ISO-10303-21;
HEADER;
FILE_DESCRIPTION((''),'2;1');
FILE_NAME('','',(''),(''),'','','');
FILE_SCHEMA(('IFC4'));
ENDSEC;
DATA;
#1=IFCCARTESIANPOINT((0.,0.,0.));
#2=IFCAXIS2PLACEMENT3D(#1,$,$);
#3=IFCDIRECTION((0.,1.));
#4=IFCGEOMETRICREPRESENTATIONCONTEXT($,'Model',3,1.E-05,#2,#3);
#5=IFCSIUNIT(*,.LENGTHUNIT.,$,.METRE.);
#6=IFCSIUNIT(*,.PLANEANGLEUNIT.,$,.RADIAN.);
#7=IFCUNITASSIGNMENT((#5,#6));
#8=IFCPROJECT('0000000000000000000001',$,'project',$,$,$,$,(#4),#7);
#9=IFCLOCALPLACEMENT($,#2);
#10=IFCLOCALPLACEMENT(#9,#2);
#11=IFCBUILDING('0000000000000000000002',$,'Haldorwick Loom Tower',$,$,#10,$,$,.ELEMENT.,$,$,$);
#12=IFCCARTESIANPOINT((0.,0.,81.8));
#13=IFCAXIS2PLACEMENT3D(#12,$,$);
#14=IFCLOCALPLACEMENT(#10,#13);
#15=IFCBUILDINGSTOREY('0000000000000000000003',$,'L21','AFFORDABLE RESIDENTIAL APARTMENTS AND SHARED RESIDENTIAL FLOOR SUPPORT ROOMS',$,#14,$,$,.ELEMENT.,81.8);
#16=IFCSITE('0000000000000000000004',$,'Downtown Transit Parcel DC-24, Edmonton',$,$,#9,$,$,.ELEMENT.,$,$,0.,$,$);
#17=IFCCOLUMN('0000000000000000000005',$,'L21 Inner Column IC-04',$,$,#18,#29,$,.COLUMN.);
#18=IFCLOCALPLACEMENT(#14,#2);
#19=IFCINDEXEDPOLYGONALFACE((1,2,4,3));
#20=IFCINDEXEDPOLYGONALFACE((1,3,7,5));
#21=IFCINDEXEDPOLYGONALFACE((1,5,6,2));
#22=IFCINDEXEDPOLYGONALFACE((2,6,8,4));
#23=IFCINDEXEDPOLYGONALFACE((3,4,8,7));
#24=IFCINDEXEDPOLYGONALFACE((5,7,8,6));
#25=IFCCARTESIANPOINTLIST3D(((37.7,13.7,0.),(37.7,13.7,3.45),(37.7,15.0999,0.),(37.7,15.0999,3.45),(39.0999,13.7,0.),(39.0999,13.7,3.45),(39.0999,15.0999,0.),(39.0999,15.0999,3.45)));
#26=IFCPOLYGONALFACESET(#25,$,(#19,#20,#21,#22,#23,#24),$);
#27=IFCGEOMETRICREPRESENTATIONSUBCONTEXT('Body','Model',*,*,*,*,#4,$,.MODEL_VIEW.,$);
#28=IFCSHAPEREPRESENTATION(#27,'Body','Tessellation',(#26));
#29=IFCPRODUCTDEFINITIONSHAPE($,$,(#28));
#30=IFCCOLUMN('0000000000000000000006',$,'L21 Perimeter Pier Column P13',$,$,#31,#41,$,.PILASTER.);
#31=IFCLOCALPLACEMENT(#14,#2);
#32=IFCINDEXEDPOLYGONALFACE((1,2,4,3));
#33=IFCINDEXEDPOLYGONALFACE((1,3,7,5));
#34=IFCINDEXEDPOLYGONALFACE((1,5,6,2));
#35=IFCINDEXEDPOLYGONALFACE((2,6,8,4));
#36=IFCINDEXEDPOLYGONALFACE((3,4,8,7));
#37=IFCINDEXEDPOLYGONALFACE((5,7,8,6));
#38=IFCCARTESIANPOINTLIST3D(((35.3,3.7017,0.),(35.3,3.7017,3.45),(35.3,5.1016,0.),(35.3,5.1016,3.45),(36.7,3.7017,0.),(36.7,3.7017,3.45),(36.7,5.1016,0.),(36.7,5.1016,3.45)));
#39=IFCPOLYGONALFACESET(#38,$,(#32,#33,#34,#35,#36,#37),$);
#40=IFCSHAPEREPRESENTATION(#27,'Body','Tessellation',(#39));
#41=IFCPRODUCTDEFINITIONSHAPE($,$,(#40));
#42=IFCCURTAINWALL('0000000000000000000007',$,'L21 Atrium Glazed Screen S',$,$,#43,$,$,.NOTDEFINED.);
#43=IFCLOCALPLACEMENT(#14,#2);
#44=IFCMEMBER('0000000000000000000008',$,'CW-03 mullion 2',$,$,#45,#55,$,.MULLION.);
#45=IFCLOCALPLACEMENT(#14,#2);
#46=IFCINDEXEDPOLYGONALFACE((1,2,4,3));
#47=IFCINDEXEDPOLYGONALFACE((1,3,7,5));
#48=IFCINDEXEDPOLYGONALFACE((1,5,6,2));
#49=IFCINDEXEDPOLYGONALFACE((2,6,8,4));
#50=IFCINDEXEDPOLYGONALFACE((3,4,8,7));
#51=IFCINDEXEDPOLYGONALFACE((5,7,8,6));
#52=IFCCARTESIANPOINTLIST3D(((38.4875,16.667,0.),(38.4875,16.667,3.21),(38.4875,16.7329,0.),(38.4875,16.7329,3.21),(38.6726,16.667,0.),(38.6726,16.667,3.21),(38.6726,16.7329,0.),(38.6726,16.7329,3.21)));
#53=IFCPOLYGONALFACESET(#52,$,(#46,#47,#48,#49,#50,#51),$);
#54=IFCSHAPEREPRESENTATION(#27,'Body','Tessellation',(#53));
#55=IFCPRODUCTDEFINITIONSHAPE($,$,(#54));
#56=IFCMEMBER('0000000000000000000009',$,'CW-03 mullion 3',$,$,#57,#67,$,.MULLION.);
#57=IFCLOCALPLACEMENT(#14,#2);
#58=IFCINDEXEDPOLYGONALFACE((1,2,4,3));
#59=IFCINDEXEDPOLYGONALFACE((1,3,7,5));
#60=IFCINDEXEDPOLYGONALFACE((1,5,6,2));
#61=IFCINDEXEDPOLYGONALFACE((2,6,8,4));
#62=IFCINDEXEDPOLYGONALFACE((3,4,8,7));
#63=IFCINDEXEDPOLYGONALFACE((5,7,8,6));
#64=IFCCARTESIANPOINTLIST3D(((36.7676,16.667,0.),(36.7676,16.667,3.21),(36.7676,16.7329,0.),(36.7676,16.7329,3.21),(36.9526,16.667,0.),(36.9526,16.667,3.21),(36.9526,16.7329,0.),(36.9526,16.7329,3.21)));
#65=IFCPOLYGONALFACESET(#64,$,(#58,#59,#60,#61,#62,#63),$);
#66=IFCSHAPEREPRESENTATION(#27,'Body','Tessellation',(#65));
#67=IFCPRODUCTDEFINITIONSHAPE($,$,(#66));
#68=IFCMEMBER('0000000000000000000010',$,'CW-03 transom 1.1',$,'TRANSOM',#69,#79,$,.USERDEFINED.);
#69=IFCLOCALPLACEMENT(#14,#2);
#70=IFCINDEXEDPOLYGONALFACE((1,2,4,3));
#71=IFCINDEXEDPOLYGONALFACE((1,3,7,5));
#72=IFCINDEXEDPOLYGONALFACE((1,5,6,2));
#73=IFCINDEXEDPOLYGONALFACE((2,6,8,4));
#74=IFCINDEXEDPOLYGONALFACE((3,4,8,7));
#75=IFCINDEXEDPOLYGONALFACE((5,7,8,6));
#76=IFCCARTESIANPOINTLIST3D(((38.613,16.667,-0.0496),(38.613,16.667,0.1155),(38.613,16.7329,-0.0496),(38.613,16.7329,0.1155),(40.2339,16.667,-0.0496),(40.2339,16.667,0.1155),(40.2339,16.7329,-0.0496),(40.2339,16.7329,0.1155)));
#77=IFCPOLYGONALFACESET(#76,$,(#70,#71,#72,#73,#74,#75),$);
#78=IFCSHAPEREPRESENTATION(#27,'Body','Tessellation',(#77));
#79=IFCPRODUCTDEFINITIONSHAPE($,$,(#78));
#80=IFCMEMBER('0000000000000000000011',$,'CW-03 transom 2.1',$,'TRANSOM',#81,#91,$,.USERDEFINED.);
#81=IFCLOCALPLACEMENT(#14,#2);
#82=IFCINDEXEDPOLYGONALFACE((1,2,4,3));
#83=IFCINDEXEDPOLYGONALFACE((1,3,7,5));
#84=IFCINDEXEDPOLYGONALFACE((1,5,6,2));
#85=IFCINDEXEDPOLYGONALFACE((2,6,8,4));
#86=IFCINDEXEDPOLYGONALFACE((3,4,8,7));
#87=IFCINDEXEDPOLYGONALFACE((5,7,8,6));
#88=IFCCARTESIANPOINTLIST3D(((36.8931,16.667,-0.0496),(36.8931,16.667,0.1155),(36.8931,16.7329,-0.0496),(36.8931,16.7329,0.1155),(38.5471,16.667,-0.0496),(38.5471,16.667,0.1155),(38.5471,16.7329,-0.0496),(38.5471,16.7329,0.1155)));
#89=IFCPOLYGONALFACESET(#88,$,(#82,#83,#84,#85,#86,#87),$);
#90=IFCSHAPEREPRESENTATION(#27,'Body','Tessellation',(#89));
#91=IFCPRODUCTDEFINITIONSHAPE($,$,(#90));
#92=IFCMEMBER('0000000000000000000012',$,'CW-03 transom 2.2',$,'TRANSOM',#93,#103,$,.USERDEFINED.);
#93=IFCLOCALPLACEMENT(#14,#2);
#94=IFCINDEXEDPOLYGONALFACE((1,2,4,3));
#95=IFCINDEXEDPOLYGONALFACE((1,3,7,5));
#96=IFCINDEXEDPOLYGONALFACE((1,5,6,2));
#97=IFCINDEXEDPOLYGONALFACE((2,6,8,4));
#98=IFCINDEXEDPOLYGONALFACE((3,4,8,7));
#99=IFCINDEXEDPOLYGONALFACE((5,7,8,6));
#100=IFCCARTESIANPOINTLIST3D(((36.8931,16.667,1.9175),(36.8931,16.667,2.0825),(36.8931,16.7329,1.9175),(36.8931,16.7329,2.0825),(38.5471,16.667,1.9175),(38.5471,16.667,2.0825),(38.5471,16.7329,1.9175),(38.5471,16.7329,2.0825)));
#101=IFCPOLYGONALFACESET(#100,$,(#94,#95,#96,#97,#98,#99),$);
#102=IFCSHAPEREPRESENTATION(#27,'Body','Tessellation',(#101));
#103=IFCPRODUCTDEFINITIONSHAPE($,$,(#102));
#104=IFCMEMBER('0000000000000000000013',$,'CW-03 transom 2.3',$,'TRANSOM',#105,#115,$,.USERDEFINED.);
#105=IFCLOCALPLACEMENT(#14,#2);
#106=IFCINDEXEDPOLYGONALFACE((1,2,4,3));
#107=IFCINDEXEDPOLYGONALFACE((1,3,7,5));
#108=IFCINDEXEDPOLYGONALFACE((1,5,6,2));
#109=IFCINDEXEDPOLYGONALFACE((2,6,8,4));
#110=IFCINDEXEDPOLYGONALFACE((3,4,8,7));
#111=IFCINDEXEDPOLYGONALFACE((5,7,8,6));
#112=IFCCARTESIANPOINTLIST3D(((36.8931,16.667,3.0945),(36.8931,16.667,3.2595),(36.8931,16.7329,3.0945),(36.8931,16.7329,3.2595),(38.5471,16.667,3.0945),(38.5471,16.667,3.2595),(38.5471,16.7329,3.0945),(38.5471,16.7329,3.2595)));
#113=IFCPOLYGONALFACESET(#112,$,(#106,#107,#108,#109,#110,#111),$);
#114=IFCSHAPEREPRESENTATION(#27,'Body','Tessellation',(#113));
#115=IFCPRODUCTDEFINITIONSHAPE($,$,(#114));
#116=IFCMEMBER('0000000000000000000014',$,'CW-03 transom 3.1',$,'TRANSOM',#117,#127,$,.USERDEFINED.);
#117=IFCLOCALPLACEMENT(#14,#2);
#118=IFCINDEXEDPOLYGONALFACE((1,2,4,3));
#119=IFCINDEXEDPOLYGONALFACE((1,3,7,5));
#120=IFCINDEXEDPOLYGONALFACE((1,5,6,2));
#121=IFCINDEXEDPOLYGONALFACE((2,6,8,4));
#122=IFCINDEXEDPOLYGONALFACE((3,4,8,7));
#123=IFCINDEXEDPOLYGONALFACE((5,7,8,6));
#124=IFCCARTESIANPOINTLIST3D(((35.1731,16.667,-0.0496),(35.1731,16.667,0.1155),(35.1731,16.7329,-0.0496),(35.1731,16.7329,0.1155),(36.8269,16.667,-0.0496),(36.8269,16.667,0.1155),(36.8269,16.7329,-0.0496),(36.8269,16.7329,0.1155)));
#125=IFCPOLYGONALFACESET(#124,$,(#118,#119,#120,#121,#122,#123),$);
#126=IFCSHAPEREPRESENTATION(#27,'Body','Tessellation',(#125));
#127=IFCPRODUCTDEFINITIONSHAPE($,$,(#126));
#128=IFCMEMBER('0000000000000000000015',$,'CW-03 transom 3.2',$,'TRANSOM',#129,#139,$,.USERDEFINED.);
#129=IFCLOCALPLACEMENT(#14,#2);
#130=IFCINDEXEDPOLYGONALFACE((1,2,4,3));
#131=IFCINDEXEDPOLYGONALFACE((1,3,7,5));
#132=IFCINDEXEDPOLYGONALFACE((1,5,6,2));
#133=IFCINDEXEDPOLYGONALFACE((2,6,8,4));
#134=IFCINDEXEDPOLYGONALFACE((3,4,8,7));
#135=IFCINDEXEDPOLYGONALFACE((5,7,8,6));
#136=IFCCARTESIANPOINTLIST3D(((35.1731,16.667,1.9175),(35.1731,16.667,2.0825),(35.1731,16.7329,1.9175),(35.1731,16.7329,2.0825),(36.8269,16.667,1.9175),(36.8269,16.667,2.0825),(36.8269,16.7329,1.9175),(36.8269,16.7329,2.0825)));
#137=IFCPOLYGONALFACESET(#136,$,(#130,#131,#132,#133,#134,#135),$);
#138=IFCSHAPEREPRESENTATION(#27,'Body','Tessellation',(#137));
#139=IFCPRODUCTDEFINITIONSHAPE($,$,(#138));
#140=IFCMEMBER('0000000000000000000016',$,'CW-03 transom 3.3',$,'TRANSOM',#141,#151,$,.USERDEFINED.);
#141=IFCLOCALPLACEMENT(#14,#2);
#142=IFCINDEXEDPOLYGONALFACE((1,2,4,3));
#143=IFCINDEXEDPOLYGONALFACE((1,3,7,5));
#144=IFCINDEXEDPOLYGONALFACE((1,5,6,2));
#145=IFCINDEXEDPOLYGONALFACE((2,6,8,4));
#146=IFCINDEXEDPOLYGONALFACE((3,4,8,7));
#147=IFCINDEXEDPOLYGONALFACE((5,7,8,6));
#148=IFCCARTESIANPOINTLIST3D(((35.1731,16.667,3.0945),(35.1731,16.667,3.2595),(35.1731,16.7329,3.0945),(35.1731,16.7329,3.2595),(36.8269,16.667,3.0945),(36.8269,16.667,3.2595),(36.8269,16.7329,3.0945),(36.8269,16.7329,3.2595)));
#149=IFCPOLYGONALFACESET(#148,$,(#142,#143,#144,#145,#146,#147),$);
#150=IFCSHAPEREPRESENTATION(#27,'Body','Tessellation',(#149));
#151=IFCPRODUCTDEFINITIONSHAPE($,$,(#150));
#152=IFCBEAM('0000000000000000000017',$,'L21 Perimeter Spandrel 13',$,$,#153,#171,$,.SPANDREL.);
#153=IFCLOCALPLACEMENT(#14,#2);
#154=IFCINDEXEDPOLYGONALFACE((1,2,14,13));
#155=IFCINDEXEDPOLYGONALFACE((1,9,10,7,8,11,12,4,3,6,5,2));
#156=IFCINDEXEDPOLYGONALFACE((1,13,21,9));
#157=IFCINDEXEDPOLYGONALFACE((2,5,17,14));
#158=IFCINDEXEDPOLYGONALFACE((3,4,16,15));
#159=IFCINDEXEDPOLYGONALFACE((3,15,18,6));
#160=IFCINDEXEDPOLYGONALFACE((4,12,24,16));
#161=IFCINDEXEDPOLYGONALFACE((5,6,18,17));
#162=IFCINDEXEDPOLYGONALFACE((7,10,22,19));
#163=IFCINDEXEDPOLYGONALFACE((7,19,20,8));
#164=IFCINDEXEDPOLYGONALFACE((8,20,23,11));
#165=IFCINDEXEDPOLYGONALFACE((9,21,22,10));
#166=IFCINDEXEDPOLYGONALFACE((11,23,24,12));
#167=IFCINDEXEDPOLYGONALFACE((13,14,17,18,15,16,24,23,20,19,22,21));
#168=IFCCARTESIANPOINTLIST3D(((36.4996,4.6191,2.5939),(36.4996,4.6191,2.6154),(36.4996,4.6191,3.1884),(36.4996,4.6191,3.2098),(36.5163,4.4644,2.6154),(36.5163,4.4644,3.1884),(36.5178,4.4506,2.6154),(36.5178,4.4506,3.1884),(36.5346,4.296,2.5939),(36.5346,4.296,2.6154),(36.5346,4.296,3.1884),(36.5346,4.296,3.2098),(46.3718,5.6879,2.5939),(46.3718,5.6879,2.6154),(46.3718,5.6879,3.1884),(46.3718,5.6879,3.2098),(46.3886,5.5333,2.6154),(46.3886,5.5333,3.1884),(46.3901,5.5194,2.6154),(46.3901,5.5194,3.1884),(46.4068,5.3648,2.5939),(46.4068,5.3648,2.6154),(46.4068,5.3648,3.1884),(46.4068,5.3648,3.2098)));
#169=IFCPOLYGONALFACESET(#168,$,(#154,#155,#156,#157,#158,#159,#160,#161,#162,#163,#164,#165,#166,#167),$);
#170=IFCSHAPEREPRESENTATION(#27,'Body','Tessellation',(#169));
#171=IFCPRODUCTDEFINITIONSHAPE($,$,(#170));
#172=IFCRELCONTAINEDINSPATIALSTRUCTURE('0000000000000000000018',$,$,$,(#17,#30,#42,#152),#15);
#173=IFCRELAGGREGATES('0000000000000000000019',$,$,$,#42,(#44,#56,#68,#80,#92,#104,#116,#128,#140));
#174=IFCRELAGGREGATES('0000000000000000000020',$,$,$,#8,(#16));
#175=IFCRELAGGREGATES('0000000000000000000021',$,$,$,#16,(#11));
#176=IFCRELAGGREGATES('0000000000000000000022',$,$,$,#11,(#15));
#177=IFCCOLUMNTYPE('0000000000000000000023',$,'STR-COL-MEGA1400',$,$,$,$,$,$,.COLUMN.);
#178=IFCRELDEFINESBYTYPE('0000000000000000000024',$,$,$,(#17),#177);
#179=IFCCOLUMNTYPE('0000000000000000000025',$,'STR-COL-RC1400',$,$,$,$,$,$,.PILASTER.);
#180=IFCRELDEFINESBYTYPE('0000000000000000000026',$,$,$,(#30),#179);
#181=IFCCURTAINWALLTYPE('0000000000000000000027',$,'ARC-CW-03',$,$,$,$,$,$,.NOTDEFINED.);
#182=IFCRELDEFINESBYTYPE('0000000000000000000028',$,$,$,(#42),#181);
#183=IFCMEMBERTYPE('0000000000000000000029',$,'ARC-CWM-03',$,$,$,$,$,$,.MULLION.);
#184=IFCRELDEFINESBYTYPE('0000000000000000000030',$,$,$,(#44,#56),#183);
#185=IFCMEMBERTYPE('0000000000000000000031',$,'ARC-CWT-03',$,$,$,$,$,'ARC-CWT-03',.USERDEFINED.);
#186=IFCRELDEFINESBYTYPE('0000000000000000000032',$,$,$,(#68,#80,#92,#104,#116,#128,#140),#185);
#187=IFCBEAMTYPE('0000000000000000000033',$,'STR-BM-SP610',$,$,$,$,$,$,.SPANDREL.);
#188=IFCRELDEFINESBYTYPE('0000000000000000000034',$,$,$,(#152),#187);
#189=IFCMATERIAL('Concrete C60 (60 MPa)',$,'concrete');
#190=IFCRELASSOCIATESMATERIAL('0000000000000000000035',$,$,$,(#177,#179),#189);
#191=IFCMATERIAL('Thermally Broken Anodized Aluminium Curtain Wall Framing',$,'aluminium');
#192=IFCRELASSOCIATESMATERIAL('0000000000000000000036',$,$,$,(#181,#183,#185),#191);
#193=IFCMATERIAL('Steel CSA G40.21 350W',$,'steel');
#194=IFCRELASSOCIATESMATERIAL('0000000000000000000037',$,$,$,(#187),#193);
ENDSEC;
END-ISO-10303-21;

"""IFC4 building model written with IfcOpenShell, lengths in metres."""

from ifc_helpers import new_model, si_unit, direction, frame, origin, origin_2d, place, context, subcontext, project, spatial, rectangle, i_section, extrude, material, material_profile, profile_set, type_object, element, aggregate, save


model = new_model("IFC4")

# Units and contexts
model_context = context("Model", 3, precision=1e-05, world=origin(), true_north=direction((0.0, 1.0)))
body_context = subcontext(model_context, "Body", "Model", "MODEL_VIEW")
ifc_project = project(units=[si_unit("LENGTHUNIT", "METRE"), si_unit("PLANEANGLEUNIT", "RADIAN")], contexts=[model_context])

# Site, building, storey
site_placement = place(None, origin())
site = spatial("IfcSite", under=ifc_project, at=site_placement, Name="Downtown Transit Parcel DC-24, Edmonton", CompositionType="ELEMENT", RefElevation=0.0)
building_placement = place(site_placement, origin())
building = spatial("IfcBuilding", under=site, at=building_placement, Name="Haldorwick Loom Tower", CompositionType="ELEMENT")
storey_placement = place(building_placement, frame((0.0, 0.0, 81.8)))
storey = spatial("IfcBuildingStorey", under=building, at=storey_placement, Name="L21", Description="AFFORDABLE RESIDENTIAL APARTMENTS AND SHARED RESIDENTIAL FLOOR SUPPORT ROOMS", CompositionType="ELEMENT", Elevation=81.8)

# Columns
ifc_material_1 = material(Name="Concrete C60 (60 MPa)", Category="concrete")
ifc_material_profile_1 = material_profile(ifc_material_1, rectangle(XDim=1.3999, YDim=1.3999, at=origin_2d()), Name="RC1400X1400", Category="concrete")
ifc_profile_set_1 = profile_set([ifc_material_profile_1], Name="Concrete C60 (60 MPa)")
column_type_1 = type_object("IfcColumnType", Name="STR-COL-MEGA1400", PredefinedType="COLUMN", material=ifc_profile_set_1)
column_1_placement = place(storey_placement, frame((38.3999, 14.3999, 0.0), z_axis=(0.0, 0.0, 1.0), x_axis=(1.0, 0.0, 0.0)))
element("IfcColumn", 1, at=column_1_placement, inside=storey, type_object=column_type_1, Name="L21 Inner Column IC-04", PredefinedType="COLUMN", context=body_context, shape_type="SweptSolid", body=[
    extrude(rectangle(XDim=1.3999, YDim=1.3999, at=origin_2d()), origin(), (0.0, 0.0, 1.0), 3.45),
])
ifc_material_profile_2 = material_profile(ifc_material_1, rectangle(XDim=1.3999, YDim=1.3999, at=origin_2d()), Name="RC1400X1400", Category="concrete")
ifc_profile_set_2 = profile_set([ifc_material_profile_2], Name="Concrete C60 (60 MPa)")
column_type_2 = type_object("IfcColumnType", Name="STR-COL-RC1400", PredefinedType="PILASTER", material=ifc_profile_set_2)
column_2_placement = place(storey_placement, frame((36.0, 4.4016, 0.0), z_axis=(0.0, 0.0, 1.0), x_axis=(0.0, -1.0, 0.0)))
element("IfcColumn", 2, at=column_2_placement, inside=storey, type_object=column_type_2, Name="L21 Perimeter Pier Column P13", PredefinedType="PILASTER", context=body_context, shape_type="SweptSolid", body=[
    extrude(rectangle(XDim=1.3999, YDim=1.3999, at=origin_2d()), origin(), (0.0, 0.0, 1.0), 3.45),
])

# Curtain wall, members
ifc_material_2 = material(Name="Thermally Broken Anodized Aluminium Curtain Wall Framing", Category="aluminium")
curtain_wall_type = type_object("IfcCurtainWallType", Name="ARC-CW-03", PredefinedType="NOTDEFINED", material=ifc_material_2)
curtain_wall_placement = place(storey_placement, origin())
curtain_wall = element("IfcCurtainWall", 3, at=curtain_wall_placement, inside=storey, type_object=curtain_wall_type, Name="L21 Atrium Glazed Screen S", PredefinedType="NOTDEFINED")
ifc_material_profile_3 = material_profile(ifc_material_2, rectangle(XDim=0.0659, YDim=0.1851, at=origin_2d()), Name="ALU_MUL_66X185", Category="aluminium")
ifc_profile_set_3 = profile_set([ifc_material_profile_3], Name="Thermally Broken Anodized Aluminium Curtain Wall Framing")
member_type_1 = type_object("IfcMemberType", Name="ARC-CWM-03", PredefinedType="MULLION", material=ifc_profile_set_3)
member_1_placement = place(storey_placement, frame((38.5801, 16.7, 0.0), z_axis=(0.0, 0.0, 1.0), x_axis=(0.0, -1.0, 0.0)))
member_1 = element("IfcMember", 4, at=member_1_placement, type_object=member_type_1, Name="CW-03 mullion 2", PredefinedType="MULLION", context=body_context, shape_type="SweptSolid", body=[
    extrude(rectangle(XDim=0.0659, YDim=0.1851, at=origin_2d()), origin(), (0.0, 0.0, 1.0), 3.21),
])
member_2_placement = place(storey_placement, frame((36.8601, 16.7, 0.0), z_axis=(0.0, 0.0, 1.0), x_axis=(0.0, -1.0, 0.0)))
member_2 = element("IfcMember", 5, at=member_2_placement, type_object=member_type_1, Name="CW-03 mullion 3", PredefinedType="MULLION", context=body_context, shape_type="SweptSolid", body=[
    extrude(rectangle(XDim=0.0659, YDim=0.1851, at=origin_2d()), origin(), (0.0, 0.0, 1.0), 3.21),
])
ifc_material_profile_4 = material_profile(ifc_material_2, rectangle(XDim=0.0659, YDim=0.165, at=origin_2d()), Name="ALU_TRN_66X165", Category="aluminium")
ifc_profile_set_4 = profile_set([ifc_material_profile_4], Name="Thermally Broken Anodized Aluminium Curtain Wall Framing")
member_type_2 = type_object("IfcMemberType", Name="ARC-CWT-03", ElementType="ARC-CWT-03", PredefinedType="USERDEFINED", material=ifc_profile_set_4)
member_3_placement = place(storey_placement, frame((40.2339, 16.7, 0.033), z_axis=(-1.0, 0.0, 0.0), x_axis=(0.0, -1.0, 0.0)))
member_3 = element("IfcMember", 6, at=member_3_placement, type_object=member_type_2, Name="CW-03 transom 1.1", ObjectType="TRANSOM", PredefinedType="USERDEFINED", context=body_context, shape_type="SweptSolid", body=[
    extrude(rectangle(XDim=0.0659, YDim=0.165, at=origin_2d()), origin(), (0.0, 0.0, 1.0), 1.6208),
])
member_4_placement = place(storey_placement, frame((38.5471, 16.7, 0.033), z_axis=(-1.0, 0.0, 0.0), x_axis=(0.0, -1.0, 0.0)))
member_4 = element("IfcMember", 7, at=member_4_placement, type_object=member_type_2, Name="CW-03 transom 2.1", ObjectType="TRANSOM", PredefinedType="USERDEFINED", context=body_context, shape_type="SweptSolid", body=[
    extrude(rectangle(XDim=0.0659, YDim=0.165, at=origin_2d()), origin(), (0.0, 0.0, 1.0), 1.6541),
])
member_5_placement = place(storey_placement, frame((38.5471, 16.7, 2.0), z_axis=(-1.0, 0.0, 0.0), x_axis=(0.0, -1.0, 0.0)))
member_5 = element("IfcMember", 8, at=member_5_placement, type_object=member_type_2, Name="CW-03 transom 2.2", ObjectType="TRANSOM", PredefinedType="USERDEFINED", context=body_context, shape_type="SweptSolid", body=[
    extrude(rectangle(XDim=0.0659, YDim=0.165, at=origin_2d()), origin(), (0.0, 0.0, 1.0), 1.6541),
])
member_6_placement = place(storey_placement, frame((38.5471, 16.7, 3.177), z_axis=(-1.0, 0.0, 0.0), x_axis=(0.0, -1.0, 0.0)))
member_6 = element("IfcMember", 9, at=member_6_placement, type_object=member_type_2, Name="CW-03 transom 2.3", ObjectType="TRANSOM", PredefinedType="USERDEFINED", context=body_context, shape_type="SweptSolid", body=[
    extrude(rectangle(XDim=0.0659, YDim=0.165, at=origin_2d()), origin(), (0.0, 0.0, 1.0), 1.6541),
])
member_7_placement = place(storey_placement, frame((36.8269, 16.7, 0.033), z_axis=(-1.0, 0.0, 0.0), x_axis=(0.0, -1.0, 0.0)))
member_7 = element("IfcMember", 10, at=member_7_placement, type_object=member_type_2, Name="CW-03 transom 3.1", ObjectType="TRANSOM", PredefinedType="USERDEFINED", context=body_context, shape_type="SweptSolid", body=[
    extrude(rectangle(XDim=0.0659, YDim=0.165, at=origin_2d()), origin(), (0.0, 0.0, 1.0), 1.6538),
])
member_8_placement = place(storey_placement, frame((36.8269, 16.7, 2.0), z_axis=(-1.0, 0.0, 0.0), x_axis=(0.0, -1.0, 0.0)))
member_8 = element("IfcMember", 11, at=member_8_placement, type_object=member_type_2, Name="CW-03 transom 3.2", ObjectType="TRANSOM", PredefinedType="USERDEFINED", context=body_context, shape_type="SweptSolid", body=[
    extrude(rectangle(XDim=0.0659, YDim=0.165, at=origin_2d()), origin(), (0.0, 0.0, 1.0), 1.6538),
])
member_9_placement = place(storey_placement, frame((36.8269, 16.7, 3.177), z_axis=(-1.0, 0.0, 0.0), x_axis=(0.0, -1.0, 0.0)))
member_9 = element("IfcMember", 12, at=member_9_placement, type_object=member_type_2, Name="CW-03 transom 3.3", ObjectType="TRANSOM", PredefinedType="USERDEFINED", context=body_context, shape_type="SweptSolid", body=[
    extrude(rectangle(XDim=0.0659, YDim=0.165, at=origin_2d()), origin(), (0.0, 0.0, 1.0), 1.6538),
])

# Beam
ifc_material_3 = material(Name="Steel CSA G40.21 350W", Category="steel")
ifc_material_profile_5 = material_profile(ifc_material_3, i_section(OverallWidth=0.325, OverallDepth=0.616, WebThickness=0.0139, FlangeThickness=0.0215, at=origin_2d()), Name="W610X174", Category="steel")
ifc_profile_set_5 = profile_set([ifc_material_profile_5], Name="Steel CSA G40.21 350W")
beam_type_1 = type_object("IfcBeamType", Name="STR-BM-SP610", PredefinedType="SPANDREL", material=ifc_profile_set_5)
beam_1_placement = place(storey_placement, frame((36.5171, 4.4575, 2.9019), z_axis=(0.99419, 0.107638, 0.0), x_axis=(-0.107638, 0.99419, 0.0)))
element("IfcBeam", 13, at=beam_1_placement, inside=storey, type_object=beam_type_1, Name="L21 Perimeter Spandrel 13", PredefinedType="SPANDREL", context=body_context, shape_type="SweptSolid", body=[
    extrude(i_section(OverallWidth=0.325, OverallDepth=0.616, WebThickness=0.0139, FlangeThickness=0.0215, at=origin_2d()), origin(), (0.0, 0.0, 1.0), 9.9299),
])

aggregate(curtain_wall, [member_1, member_2, member_3, member_4, member_5, member_6, member_7, member_8, member_9])

save(model, "model.ifc")
